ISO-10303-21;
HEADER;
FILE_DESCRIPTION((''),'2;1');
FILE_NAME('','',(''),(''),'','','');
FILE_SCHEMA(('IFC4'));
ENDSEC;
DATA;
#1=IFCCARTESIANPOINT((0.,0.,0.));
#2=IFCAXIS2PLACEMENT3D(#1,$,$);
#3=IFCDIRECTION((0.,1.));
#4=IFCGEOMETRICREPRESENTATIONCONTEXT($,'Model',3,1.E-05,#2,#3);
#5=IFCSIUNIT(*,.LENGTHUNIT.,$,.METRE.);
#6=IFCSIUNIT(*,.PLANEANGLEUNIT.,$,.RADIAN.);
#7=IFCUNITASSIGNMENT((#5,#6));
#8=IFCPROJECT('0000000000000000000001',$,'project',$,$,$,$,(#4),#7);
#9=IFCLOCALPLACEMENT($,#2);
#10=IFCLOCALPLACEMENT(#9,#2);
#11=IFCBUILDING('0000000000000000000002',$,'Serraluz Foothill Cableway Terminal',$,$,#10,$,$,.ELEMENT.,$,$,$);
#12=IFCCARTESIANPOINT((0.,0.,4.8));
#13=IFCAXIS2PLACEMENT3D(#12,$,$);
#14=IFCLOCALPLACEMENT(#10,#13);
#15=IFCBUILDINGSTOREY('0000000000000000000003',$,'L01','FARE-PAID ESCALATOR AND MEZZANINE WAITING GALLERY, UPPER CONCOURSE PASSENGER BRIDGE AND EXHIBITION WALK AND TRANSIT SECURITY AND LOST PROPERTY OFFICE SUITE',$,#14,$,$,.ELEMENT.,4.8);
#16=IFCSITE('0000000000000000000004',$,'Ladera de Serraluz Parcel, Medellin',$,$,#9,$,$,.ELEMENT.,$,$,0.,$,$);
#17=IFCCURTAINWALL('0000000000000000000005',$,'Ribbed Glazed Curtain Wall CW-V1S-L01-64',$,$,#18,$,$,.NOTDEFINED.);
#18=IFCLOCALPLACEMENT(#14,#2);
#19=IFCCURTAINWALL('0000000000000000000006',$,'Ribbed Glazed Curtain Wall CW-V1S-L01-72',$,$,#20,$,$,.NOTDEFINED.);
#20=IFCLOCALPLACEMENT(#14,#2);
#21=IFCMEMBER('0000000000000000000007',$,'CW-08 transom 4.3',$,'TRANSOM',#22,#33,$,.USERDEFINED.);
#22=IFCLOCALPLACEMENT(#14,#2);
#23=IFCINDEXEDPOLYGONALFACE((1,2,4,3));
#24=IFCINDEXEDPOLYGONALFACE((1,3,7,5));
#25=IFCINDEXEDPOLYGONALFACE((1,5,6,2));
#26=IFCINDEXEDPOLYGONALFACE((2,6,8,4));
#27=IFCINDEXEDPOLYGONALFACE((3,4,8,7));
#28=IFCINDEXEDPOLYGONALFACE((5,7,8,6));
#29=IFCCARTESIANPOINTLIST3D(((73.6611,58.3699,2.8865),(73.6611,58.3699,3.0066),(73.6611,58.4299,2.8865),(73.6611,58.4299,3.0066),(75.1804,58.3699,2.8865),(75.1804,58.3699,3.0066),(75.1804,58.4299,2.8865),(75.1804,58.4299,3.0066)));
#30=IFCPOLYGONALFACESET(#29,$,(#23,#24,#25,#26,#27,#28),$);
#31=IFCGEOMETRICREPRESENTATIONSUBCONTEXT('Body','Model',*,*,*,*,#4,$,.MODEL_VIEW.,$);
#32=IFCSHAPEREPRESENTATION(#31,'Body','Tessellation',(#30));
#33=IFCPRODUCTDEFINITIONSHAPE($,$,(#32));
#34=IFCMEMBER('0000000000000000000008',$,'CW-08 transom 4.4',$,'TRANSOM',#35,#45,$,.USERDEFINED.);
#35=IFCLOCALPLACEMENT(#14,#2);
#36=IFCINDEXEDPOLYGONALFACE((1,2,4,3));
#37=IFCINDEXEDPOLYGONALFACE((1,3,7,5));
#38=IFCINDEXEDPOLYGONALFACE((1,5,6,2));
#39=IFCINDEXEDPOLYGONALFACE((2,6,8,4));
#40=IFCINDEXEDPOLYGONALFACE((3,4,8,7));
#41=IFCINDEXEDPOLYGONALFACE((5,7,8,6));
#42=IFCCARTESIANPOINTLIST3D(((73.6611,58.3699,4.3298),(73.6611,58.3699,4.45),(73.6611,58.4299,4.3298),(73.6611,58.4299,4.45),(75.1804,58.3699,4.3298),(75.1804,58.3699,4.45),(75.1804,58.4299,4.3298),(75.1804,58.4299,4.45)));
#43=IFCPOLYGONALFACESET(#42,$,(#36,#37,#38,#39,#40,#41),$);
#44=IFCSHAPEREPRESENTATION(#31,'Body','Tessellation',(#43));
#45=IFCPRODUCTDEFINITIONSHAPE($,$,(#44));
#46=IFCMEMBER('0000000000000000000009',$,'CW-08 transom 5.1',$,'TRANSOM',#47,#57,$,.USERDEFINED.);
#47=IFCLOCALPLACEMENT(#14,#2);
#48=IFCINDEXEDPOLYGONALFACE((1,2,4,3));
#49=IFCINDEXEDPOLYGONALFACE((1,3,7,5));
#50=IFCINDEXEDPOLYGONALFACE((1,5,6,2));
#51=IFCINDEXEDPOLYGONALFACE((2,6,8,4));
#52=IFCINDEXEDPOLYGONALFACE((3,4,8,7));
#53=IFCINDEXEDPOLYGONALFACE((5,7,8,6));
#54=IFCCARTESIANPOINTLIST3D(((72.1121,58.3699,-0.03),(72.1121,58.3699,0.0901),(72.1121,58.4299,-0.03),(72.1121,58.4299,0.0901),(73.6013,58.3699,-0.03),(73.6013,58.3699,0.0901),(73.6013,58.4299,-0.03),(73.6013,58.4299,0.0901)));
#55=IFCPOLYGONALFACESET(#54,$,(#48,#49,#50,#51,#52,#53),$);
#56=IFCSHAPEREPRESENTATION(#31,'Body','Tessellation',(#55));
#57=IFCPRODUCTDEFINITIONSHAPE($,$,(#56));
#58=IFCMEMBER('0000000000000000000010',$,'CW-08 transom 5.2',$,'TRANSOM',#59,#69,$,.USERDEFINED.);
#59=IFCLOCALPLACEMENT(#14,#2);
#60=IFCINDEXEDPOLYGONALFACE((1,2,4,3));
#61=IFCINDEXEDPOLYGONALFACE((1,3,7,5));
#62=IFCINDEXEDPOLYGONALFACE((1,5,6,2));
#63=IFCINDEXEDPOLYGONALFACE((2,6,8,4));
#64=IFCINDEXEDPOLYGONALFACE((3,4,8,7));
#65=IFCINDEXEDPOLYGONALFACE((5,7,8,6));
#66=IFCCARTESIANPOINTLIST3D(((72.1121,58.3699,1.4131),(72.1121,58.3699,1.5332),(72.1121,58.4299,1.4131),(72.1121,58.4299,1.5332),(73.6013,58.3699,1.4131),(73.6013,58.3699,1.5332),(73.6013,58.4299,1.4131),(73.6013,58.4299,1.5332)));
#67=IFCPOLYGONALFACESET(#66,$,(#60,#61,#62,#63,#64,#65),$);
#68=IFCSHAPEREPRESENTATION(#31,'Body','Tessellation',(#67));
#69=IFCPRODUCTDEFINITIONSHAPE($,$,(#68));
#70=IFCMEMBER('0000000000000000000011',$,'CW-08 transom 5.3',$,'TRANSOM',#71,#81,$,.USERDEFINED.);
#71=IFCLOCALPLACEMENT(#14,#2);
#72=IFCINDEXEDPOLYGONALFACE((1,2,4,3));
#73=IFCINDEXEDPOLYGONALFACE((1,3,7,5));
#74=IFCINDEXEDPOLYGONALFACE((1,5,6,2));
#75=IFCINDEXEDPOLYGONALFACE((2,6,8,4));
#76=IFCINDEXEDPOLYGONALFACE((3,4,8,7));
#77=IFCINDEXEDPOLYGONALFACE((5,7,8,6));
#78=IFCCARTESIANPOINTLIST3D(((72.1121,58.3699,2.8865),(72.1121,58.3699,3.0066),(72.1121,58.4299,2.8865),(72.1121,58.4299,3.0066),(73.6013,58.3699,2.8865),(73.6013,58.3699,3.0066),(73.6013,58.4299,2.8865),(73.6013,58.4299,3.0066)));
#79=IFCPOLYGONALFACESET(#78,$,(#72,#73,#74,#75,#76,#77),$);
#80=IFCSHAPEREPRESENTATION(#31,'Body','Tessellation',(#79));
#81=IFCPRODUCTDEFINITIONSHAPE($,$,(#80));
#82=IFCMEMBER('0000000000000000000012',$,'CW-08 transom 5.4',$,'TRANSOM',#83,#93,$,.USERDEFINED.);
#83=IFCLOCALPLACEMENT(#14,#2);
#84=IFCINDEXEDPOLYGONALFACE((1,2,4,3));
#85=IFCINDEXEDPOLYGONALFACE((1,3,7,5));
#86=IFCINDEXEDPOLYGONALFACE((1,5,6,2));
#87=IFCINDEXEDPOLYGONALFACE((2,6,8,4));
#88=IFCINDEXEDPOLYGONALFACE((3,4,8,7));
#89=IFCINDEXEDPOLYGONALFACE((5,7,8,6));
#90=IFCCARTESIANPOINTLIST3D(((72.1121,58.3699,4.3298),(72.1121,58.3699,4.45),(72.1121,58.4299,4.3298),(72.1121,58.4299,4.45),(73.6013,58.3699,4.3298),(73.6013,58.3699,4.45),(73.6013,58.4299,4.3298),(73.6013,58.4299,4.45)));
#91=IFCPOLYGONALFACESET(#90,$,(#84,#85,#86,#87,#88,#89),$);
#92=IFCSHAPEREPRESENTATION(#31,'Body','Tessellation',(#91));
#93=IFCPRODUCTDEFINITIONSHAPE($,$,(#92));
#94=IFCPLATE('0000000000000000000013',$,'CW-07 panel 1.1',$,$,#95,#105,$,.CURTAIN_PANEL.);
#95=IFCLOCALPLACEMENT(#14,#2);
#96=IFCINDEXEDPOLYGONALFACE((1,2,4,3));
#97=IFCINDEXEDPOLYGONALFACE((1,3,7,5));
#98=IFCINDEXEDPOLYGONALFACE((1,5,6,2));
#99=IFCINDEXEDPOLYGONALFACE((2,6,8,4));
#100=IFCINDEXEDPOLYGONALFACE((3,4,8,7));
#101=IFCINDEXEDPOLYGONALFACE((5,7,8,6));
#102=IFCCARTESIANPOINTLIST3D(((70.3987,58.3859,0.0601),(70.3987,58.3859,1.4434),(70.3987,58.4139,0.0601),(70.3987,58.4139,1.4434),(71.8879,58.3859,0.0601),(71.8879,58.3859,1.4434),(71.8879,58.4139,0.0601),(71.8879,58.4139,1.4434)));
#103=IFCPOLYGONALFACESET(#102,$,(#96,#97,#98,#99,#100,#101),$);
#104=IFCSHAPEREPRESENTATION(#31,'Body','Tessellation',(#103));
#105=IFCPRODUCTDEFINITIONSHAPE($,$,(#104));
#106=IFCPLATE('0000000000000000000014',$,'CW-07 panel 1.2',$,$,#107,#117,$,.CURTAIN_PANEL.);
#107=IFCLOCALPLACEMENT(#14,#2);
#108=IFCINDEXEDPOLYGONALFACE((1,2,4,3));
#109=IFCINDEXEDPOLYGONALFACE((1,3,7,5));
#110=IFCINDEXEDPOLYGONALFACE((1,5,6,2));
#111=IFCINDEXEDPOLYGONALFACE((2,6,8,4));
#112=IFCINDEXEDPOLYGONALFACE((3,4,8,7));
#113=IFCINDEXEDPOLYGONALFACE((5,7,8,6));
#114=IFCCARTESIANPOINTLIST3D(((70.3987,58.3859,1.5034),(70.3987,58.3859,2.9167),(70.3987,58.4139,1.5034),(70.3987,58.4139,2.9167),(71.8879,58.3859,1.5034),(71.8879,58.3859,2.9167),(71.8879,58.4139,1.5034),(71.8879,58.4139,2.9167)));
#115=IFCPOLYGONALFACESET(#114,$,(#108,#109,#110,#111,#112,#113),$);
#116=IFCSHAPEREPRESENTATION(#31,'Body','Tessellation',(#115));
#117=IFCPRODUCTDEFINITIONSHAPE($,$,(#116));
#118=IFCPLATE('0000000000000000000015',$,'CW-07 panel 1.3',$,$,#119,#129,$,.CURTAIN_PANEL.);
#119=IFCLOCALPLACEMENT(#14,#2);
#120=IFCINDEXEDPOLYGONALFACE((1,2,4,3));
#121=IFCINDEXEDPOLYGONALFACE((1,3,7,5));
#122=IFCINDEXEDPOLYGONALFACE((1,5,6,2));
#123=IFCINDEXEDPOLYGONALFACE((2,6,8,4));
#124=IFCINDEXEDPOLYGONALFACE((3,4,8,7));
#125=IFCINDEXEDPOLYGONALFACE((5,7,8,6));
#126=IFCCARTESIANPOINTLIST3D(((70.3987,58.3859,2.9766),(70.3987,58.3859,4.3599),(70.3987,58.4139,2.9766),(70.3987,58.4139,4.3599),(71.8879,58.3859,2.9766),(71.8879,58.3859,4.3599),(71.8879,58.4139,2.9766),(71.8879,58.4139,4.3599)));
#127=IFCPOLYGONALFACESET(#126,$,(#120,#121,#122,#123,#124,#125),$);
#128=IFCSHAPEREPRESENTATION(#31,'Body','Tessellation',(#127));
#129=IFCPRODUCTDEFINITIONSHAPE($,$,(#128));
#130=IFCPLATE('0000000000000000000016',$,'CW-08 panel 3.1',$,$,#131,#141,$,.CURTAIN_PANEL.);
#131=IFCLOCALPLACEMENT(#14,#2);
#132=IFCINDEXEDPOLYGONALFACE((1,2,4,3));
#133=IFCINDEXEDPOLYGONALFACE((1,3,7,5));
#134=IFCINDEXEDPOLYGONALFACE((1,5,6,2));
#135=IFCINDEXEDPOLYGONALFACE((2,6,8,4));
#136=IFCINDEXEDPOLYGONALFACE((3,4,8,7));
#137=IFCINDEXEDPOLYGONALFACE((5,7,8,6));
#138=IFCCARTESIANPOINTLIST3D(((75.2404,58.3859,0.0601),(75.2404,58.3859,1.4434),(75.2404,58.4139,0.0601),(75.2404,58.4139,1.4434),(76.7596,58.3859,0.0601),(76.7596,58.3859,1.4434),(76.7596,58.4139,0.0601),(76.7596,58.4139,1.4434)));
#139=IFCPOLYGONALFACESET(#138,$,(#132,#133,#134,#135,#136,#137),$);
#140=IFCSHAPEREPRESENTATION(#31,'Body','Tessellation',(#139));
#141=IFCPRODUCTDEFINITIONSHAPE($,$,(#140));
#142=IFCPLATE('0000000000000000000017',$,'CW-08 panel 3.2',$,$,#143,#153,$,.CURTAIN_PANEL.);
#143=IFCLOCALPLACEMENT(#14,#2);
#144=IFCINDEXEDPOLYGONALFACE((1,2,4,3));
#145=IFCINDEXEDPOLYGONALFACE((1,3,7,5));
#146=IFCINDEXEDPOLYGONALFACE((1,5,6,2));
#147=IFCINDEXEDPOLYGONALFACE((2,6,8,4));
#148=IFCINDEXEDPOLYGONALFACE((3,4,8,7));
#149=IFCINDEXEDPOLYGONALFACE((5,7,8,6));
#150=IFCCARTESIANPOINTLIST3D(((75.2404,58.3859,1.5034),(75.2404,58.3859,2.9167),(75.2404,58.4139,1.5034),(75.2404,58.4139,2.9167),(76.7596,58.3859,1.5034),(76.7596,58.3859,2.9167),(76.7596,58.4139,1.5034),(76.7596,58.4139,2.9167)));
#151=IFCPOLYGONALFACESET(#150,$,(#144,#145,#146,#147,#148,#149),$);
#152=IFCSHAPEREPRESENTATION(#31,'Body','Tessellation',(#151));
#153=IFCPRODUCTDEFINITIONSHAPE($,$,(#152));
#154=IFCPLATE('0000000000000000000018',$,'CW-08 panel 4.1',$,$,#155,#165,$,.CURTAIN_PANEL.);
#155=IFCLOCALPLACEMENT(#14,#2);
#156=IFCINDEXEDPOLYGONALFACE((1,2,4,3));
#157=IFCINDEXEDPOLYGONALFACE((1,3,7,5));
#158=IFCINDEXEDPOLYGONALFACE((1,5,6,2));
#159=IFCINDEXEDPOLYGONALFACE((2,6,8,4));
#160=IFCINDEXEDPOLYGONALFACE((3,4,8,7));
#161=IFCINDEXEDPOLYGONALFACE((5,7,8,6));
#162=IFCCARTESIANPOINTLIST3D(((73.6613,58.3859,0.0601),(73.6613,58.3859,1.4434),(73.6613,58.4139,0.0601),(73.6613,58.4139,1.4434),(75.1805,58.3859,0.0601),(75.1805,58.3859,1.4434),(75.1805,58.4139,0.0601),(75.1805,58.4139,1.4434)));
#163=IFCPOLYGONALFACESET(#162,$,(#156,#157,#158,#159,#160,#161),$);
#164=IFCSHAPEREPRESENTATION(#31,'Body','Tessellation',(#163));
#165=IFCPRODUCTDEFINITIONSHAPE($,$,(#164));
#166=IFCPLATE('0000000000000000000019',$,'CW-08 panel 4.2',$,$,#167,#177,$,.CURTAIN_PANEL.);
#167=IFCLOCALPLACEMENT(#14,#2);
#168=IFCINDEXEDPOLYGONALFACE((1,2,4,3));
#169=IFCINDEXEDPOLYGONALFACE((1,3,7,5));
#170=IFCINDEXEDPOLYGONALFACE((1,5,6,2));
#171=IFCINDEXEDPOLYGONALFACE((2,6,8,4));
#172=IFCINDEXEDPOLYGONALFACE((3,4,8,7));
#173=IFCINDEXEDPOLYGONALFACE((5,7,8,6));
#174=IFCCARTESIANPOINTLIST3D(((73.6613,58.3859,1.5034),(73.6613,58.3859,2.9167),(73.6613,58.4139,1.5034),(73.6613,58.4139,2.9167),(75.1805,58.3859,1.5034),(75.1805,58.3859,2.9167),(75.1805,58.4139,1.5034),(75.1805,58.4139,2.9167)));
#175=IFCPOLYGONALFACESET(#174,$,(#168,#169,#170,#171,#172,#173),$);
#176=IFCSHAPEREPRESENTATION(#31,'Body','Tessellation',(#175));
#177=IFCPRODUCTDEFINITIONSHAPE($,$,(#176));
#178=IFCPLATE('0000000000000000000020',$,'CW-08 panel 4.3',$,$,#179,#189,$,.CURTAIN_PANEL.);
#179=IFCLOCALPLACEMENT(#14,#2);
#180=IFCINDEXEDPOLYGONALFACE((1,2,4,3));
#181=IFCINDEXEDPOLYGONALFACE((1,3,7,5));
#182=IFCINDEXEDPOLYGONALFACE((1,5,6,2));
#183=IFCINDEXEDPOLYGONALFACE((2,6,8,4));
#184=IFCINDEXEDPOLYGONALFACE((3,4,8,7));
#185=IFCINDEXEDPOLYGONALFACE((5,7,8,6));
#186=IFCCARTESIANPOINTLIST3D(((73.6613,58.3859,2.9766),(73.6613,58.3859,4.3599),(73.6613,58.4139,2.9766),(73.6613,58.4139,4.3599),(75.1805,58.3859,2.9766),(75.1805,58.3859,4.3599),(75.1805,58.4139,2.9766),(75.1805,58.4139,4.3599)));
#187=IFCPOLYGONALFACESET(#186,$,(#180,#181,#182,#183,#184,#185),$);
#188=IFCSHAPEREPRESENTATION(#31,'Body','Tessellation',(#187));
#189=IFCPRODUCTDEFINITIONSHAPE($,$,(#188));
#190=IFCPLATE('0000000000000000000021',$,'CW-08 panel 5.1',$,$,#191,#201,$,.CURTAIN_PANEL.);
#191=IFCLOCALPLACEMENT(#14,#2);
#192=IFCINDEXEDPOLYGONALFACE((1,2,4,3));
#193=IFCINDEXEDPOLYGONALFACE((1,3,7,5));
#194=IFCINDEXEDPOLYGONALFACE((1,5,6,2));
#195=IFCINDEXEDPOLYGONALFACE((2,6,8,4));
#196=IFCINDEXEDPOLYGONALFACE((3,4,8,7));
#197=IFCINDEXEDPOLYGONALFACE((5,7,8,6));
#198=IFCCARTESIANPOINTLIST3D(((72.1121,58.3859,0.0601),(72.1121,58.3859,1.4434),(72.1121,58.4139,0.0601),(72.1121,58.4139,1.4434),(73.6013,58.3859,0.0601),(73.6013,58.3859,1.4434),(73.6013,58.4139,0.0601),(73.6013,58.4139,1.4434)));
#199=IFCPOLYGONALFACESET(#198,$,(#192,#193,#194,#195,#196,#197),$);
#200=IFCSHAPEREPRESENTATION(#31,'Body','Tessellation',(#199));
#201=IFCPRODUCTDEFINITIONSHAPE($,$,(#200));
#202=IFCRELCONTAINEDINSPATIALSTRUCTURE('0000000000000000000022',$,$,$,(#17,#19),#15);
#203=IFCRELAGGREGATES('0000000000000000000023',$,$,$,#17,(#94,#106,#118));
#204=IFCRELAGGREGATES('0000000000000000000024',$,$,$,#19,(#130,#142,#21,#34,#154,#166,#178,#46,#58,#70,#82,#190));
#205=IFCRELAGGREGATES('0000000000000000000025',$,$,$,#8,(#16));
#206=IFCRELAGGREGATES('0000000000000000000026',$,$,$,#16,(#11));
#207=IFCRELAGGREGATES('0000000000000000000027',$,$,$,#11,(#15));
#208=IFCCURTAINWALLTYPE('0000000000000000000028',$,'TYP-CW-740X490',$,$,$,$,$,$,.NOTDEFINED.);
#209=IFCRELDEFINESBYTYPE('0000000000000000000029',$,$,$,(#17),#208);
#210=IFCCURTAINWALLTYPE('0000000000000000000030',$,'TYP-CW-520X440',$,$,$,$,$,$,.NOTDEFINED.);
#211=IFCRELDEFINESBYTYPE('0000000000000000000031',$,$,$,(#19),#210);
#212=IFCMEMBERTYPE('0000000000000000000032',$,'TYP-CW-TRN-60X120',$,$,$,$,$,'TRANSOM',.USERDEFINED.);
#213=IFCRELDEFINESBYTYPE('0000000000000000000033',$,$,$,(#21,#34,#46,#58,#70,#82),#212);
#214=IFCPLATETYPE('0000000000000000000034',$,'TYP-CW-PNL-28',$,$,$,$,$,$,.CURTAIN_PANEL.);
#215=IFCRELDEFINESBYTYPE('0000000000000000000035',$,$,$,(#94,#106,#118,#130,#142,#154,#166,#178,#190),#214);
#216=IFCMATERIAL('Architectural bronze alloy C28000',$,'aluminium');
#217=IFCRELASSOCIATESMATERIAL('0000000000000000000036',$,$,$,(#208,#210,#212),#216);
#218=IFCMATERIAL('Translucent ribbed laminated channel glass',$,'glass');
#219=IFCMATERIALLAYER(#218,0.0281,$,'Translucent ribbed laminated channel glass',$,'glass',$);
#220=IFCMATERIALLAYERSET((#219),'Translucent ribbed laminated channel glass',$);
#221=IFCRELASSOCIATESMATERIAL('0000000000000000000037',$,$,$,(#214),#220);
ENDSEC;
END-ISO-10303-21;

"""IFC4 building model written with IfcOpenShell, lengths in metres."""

from ifc_helpers import new_model, si_unit, direction, frame, origin, origin_2d, place, context, subcontext, project, spatial, rectangle, extrude, material, layer, layer_set, material_profile, profile_set, type_object, element, aggregate, save


model = new_model("IFC4")

# Units and contexts
model_context = context("Model", 3, precision=1e-05, world=origin(), true_north=direction((0.0, 1.0)))
body_context = subcontext(model_context, "Body", "Model", "MODEL_VIEW")
ifc_project = project(units=[si_unit("LENGTHUNIT", "METRE"), si_unit("PLANEANGLEUNIT", "RADIAN")], contexts=[model_context])

# Site, building, storey
site_placement = place(None, origin())
site = spatial("IfcSite", under=ifc_project, at=site_placement, Name="Ladera de Serraluz Parcel, Medellin", CompositionType="ELEMENT", RefElevation=0.0)
building_placement = place(site_placement, origin())
building = spatial("IfcBuilding", under=site, at=building_placement, Name="Serraluz Foothill Cableway Terminal", CompositionType="ELEMENT")
storey_placement = place(building_placement, frame((0.0, 0.0, 4.8)))
storey = spatial("IfcBuildingStorey", under=building, at=storey_placement, Name="L01", Description="FARE-PAID ESCALATOR AND MEZZANINE WAITING GALLERY, UPPER CONCOURSE PASSENGER BRIDGE AND EXHIBITION WALK AND TRANSIT SECURITY AND LOST PROPERTY OFFICE SUITE", CompositionType="ELEMENT", Elevation=4.8)

# Curtain walls
ifc_material_1 = material(Name="Architectural bronze alloy C28000", Category="aluminium")
curtain_wall_type_1 = type_object("IfcCurtainWallType", Name="TYP-CW-740X490", PredefinedType="NOTDEFINED", material=ifc_material_1)
curtain_wall_1_placement = place(storey_placement, origin())
curtain_wall_1 = element("IfcCurtainWall", 1, at=curtain_wall_1_placement, inside=storey, type_object=curtain_wall_type_1, Name="Ribbed Glazed Curtain Wall CW-V1S-L01-64", PredefinedType="NOTDEFINED")
curtain_wall_type_2 = type_object("IfcCurtainWallType", Name="TYP-CW-520X440", PredefinedType="NOTDEFINED", material=ifc_material_1)
curtain_wall_2_placement = place(storey_placement, origin())
curtain_wall_2 = element("IfcCurtainWall", 2, at=curtain_wall_2_placement, inside=storey, type_object=curtain_wall_type_2, Name="Ribbed Glazed Curtain Wall CW-V1S-L01-72", PredefinedType="NOTDEFINED")

# Members
ifc_material_profile_1 = material_profile(ifc_material_1, rectangle(XDim=0.0601, YDim=0.1201, at=origin_2d()), Name="ALU TRANSOM 60x120")
ifc_profile_set_1 = profile_set([ifc_material_profile_1], Name="Architectural bronze alloy C28000")
member_type_1 = type_object("IfcMemberType", Name="TYP-CW-TRN-60X120", ElementType="TRANSOM", PredefinedType="USERDEFINED", material=ifc_profile_set_1)
member_1_placement = place(storey_placement, frame((75.1804, 58.3999, 2.9465), z_axis=(-1.0, 0.0, 0.0), x_axis=(0.0, -1.0, 0.0)))
member_1 = element("IfcMember", 3, at=member_1_placement, type_object=member_type_1, Name="CW-08 transom 4.3", ObjectType="TRANSOM", PredefinedType="USERDEFINED", context=body_context, shape_type="SweptSolid", body=[
    extrude(rectangle(XDim=0.0601, YDim=0.1201, at=origin_2d()), origin(), (0.0, 0.0, 1.0), 1.5193),
])
member_2_placement = place(storey_placement, frame((75.1804, 58.3999, 4.3899), z_axis=(-1.0, 0.0, 0.0), x_axis=(0.0, -1.0, 0.0)))
member_2 = element("IfcMember", 4, at=member_2_placement, type_object=member_type_1, Name="CW-08 transom 4.4", ObjectType="TRANSOM", PredefinedType="USERDEFINED", context=body_context, shape_type="SweptSolid", body=[
    extrude(rectangle(XDim=0.0601, YDim=0.1201, at=origin_2d()), origin(), (0.0, 0.0, 1.0), 1.5193),
])
member_3_placement = place(storey_placement, frame((73.6013, 58.3999, 0.03), z_axis=(-1.0, 0.0, 0.0), x_axis=(0.0, -1.0, 0.0)))
member_3 = element("IfcMember", 5, at=member_3_placement, type_object=member_type_1, Name="CW-08 transom 5.1", ObjectType="TRANSOM", PredefinedType="USERDEFINED", context=body_context, shape_type="SweptSolid", body=[
    extrude(rectangle(XDim=0.0601, YDim=0.1201, at=origin_2d()), origin(), (0.0, 0.0, 1.0), 1.4893),
])
member_4_placement = place(storey_placement, frame((73.6013, 58.3999, 1.4731), z_axis=(-1.0, 0.0, 0.0), x_axis=(0.0, -1.0, 0.0)))
member_4 = element("IfcMember", 6, at=member_4_placement, type_object=member_type_1, Name="CW-08 transom 5.2", ObjectType="TRANSOM", PredefinedType="USERDEFINED", context=body_context, shape_type="SweptSolid", body=[
    extrude(rectangle(XDim=0.0601, YDim=0.1201, at=origin_2d()), origin(), (0.0, 0.0, 1.0), 1.4893),
])
member_5_placement = place(storey_placement, frame((73.6013, 58.3999, 2.9465), z_axis=(-1.0, 0.0, 0.0), x_axis=(0.0, -1.0, 0.0)))
member_5 = element("IfcMember", 7, at=member_5_placement, type_object=member_type_1, Name="CW-08 transom 5.3", ObjectType="TRANSOM", PredefinedType="USERDEFINED", context=body_context, shape_type="SweptSolid", body=[
    extrude(rectangle(XDim=0.0601, YDim=0.1201, at=origin_2d()), origin(), (0.0, 0.0, 1.0), 1.4893),
])
member_6_placement = place(storey_placement, frame((73.6013, 58.3999, 4.3899), z_axis=(-1.0, 0.0, 0.0), x_axis=(0.0, -1.0, 0.0)))
member_6 = element("IfcMember", 8, at=member_6_placement, type_object=member_type_1, Name="CW-08 transom 5.4", ObjectType="TRANSOM", PredefinedType="USERDEFINED", context=body_context, shape_type="SweptSolid", body=[
    extrude(rectangle(XDim=0.0601, YDim=0.1201, at=origin_2d()), origin(), (0.0, 0.0, 1.0), 1.4893),
])

# Plates
ifc_material_2 = material(Name="Translucent ribbed laminated channel glass", Category="glass")
ifc_layer = layer(ifc_material_2, 0.0281, Name="Translucent ribbed laminated channel glass", Category="glass")
ifc_layer_set = layer_set([ifc_layer], Name="Translucent ribbed laminated channel glass")
plate_type = type_object("IfcPlateType", Name="TYP-CW-PNL-28", PredefinedType="CURTAIN_PANEL", material=ifc_layer_set)
plate_1_placement = place(storey_placement, frame((71.1433, 58.3999, 0.0601), z_axis=(0.0, 0.0, 1.0), x_axis=(-1.0, 0.0, 0.0)))
plate_1 = element("IfcPlate", 9, at=plate_1_placement, type_object=plate_type, Name="CW-07 panel 1.1", PredefinedType="CURTAIN_PANEL", context=body_context, shape_type="SweptSolid", body=[
    extrude(rectangle(XDim=1.4893, YDim=0.0281, at=origin_2d()), origin(), (0.0, 0.0, 1.0), 1.3833),
])
plate_2_placement = place(storey_placement, frame((71.1433, 58.3999, 1.5034), z_axis=(0.0, 0.0, 1.0), x_axis=(-1.0, 0.0, 0.0)))
plate_2 = element("IfcPlate", 10, at=plate_2_placement, type_object=plate_type, Name="CW-07 panel 1.2", PredefinedType="CURTAIN_PANEL", context=body_context, shape_type="SweptSolid", body=[
    extrude(rectangle(XDim=1.4893, YDim=0.0281, at=origin_2d()), origin(), (0.0, 0.0, 1.0), 1.4133),
])
plate_3_placement = place(storey_placement, frame((71.1433, 58.3999, 2.9766), z_axis=(0.0, 0.0, 1.0), x_axis=(-1.0, 0.0, 0.0)))
plate_3 = element("IfcPlate", 11, at=plate_3_placement, type_object=plate_type, Name="CW-07 panel 1.3", PredefinedType="CURTAIN_PANEL", context=body_context, shape_type="SweptSolid", body=[
    extrude(rectangle(XDim=1.4893, YDim=0.0281, at=origin_2d()), origin(), (0.0, 0.0, 1.0), 1.3833),
])
aggregate(curtain_wall_1, [plate_1, plate_2, plate_3])
plate_4_placement = place(storey_placement, frame((76.0, 58.3999, 0.0601), z_axis=(0.0, 0.0, 1.0), x_axis=(-1.0, 0.0, 0.0)))
plate_4 = element("IfcPlate", 12, at=plate_4_placement, type_object=plate_type, Name="CW-08 panel 3.1", PredefinedType="CURTAIN_PANEL", context=body_context, shape_type="SweptSolid", body=[
    extrude(rectangle(XDim=1.5193, YDim=0.0281, at=origin_2d()), origin(), (0.0, 0.0, 1.0), 1.3833),
])
plate_5_placement = place(storey_placement, frame((76.0, 58.3999, 1.5034), z_axis=(0.0, 0.0, 1.0), x_axis=(-1.0, 0.0, 0.0)))
plate_5 = element("IfcPlate", 13, at=plate_5_placement, type_object=plate_type, Name="CW-08 panel 3.2", PredefinedType="CURTAIN_PANEL", context=body_context, shape_type="SweptSolid", body=[
    extrude(rectangle(XDim=1.5193, YDim=0.0281, at=origin_2d()), origin(), (0.0, 0.0, 1.0), 1.4133),
])
plate_6_placement = place(storey_placement, frame((74.4209, 58.3999, 0.0601), z_axis=(0.0, 0.0, 1.0), x_axis=(-1.0, 0.0, 0.0)))
plate_6 = element("IfcPlate", 14, at=plate_6_placement, type_object=plate_type, Name="CW-08 panel 4.1", PredefinedType="CURTAIN_PANEL", context=body_context, shape_type="SweptSolid", body=[
    extrude(rectangle(XDim=1.5193, YDim=0.0281, at=origin_2d()), origin(), (0.0, 0.0, 1.0), 1.3833),
])
plate_7_placement = place(storey_placement, frame((74.4209, 58.3999, 1.5034), z_axis=(0.0, 0.0, 1.0), x_axis=(-1.0, 0.0, 0.0)))
plate_7 = element("IfcPlate", 15, at=plate_7_placement, type_object=plate_type, Name="CW-08 panel 4.2", PredefinedType="CURTAIN_PANEL", context=body_context, shape_type="SweptSolid", body=[
    extrude(rectangle(XDim=1.5193, YDim=0.0281, at=origin_2d()), origin(), (0.0, 0.0, 1.0), 1.4133),
])
plate_8_placement = place(storey_placement, frame((74.4209, 58.3999, 2.9766), z_axis=(0.0, 0.0, 1.0), x_axis=(-1.0, 0.0, 0.0)))
plate_8 = element("IfcPlate", 16, at=plate_8_placement, type_object=plate_type, Name="CW-08 panel 4.3", PredefinedType="CURTAIN_PANEL", context=body_context, shape_type="SweptSolid", body=[
    extrude(rectangle(XDim=1.5193, YDim=0.0281, at=origin_2d()), origin(), (0.0, 0.0, 1.0), 1.3833),
])
plate_9_placement = place(storey_placement, frame((72.8567, 58.3999, 0.0601), z_axis=(0.0, 0.0, 1.0), x_axis=(-1.0, 0.0, 0.0)))
plate_9 = element("IfcPlate", 17, at=plate_9_placement, type_object=plate_type, Name="CW-08 panel 5.1", PredefinedType="CURTAIN_PANEL", context=body_context, shape_type="SweptSolid", body=[
    extrude(rectangle(XDim=1.4893, YDim=0.0281, at=origin_2d()), origin(), (0.0, 0.0, 1.0), 1.3833),
])
aggregate(curtain_wall_2, [plate_4, plate_5, member_1, member_2, plate_6, plate_7, plate_8, member_3, member_4, member_5, member_6, plate_9])

save(model, "model.ifc")
